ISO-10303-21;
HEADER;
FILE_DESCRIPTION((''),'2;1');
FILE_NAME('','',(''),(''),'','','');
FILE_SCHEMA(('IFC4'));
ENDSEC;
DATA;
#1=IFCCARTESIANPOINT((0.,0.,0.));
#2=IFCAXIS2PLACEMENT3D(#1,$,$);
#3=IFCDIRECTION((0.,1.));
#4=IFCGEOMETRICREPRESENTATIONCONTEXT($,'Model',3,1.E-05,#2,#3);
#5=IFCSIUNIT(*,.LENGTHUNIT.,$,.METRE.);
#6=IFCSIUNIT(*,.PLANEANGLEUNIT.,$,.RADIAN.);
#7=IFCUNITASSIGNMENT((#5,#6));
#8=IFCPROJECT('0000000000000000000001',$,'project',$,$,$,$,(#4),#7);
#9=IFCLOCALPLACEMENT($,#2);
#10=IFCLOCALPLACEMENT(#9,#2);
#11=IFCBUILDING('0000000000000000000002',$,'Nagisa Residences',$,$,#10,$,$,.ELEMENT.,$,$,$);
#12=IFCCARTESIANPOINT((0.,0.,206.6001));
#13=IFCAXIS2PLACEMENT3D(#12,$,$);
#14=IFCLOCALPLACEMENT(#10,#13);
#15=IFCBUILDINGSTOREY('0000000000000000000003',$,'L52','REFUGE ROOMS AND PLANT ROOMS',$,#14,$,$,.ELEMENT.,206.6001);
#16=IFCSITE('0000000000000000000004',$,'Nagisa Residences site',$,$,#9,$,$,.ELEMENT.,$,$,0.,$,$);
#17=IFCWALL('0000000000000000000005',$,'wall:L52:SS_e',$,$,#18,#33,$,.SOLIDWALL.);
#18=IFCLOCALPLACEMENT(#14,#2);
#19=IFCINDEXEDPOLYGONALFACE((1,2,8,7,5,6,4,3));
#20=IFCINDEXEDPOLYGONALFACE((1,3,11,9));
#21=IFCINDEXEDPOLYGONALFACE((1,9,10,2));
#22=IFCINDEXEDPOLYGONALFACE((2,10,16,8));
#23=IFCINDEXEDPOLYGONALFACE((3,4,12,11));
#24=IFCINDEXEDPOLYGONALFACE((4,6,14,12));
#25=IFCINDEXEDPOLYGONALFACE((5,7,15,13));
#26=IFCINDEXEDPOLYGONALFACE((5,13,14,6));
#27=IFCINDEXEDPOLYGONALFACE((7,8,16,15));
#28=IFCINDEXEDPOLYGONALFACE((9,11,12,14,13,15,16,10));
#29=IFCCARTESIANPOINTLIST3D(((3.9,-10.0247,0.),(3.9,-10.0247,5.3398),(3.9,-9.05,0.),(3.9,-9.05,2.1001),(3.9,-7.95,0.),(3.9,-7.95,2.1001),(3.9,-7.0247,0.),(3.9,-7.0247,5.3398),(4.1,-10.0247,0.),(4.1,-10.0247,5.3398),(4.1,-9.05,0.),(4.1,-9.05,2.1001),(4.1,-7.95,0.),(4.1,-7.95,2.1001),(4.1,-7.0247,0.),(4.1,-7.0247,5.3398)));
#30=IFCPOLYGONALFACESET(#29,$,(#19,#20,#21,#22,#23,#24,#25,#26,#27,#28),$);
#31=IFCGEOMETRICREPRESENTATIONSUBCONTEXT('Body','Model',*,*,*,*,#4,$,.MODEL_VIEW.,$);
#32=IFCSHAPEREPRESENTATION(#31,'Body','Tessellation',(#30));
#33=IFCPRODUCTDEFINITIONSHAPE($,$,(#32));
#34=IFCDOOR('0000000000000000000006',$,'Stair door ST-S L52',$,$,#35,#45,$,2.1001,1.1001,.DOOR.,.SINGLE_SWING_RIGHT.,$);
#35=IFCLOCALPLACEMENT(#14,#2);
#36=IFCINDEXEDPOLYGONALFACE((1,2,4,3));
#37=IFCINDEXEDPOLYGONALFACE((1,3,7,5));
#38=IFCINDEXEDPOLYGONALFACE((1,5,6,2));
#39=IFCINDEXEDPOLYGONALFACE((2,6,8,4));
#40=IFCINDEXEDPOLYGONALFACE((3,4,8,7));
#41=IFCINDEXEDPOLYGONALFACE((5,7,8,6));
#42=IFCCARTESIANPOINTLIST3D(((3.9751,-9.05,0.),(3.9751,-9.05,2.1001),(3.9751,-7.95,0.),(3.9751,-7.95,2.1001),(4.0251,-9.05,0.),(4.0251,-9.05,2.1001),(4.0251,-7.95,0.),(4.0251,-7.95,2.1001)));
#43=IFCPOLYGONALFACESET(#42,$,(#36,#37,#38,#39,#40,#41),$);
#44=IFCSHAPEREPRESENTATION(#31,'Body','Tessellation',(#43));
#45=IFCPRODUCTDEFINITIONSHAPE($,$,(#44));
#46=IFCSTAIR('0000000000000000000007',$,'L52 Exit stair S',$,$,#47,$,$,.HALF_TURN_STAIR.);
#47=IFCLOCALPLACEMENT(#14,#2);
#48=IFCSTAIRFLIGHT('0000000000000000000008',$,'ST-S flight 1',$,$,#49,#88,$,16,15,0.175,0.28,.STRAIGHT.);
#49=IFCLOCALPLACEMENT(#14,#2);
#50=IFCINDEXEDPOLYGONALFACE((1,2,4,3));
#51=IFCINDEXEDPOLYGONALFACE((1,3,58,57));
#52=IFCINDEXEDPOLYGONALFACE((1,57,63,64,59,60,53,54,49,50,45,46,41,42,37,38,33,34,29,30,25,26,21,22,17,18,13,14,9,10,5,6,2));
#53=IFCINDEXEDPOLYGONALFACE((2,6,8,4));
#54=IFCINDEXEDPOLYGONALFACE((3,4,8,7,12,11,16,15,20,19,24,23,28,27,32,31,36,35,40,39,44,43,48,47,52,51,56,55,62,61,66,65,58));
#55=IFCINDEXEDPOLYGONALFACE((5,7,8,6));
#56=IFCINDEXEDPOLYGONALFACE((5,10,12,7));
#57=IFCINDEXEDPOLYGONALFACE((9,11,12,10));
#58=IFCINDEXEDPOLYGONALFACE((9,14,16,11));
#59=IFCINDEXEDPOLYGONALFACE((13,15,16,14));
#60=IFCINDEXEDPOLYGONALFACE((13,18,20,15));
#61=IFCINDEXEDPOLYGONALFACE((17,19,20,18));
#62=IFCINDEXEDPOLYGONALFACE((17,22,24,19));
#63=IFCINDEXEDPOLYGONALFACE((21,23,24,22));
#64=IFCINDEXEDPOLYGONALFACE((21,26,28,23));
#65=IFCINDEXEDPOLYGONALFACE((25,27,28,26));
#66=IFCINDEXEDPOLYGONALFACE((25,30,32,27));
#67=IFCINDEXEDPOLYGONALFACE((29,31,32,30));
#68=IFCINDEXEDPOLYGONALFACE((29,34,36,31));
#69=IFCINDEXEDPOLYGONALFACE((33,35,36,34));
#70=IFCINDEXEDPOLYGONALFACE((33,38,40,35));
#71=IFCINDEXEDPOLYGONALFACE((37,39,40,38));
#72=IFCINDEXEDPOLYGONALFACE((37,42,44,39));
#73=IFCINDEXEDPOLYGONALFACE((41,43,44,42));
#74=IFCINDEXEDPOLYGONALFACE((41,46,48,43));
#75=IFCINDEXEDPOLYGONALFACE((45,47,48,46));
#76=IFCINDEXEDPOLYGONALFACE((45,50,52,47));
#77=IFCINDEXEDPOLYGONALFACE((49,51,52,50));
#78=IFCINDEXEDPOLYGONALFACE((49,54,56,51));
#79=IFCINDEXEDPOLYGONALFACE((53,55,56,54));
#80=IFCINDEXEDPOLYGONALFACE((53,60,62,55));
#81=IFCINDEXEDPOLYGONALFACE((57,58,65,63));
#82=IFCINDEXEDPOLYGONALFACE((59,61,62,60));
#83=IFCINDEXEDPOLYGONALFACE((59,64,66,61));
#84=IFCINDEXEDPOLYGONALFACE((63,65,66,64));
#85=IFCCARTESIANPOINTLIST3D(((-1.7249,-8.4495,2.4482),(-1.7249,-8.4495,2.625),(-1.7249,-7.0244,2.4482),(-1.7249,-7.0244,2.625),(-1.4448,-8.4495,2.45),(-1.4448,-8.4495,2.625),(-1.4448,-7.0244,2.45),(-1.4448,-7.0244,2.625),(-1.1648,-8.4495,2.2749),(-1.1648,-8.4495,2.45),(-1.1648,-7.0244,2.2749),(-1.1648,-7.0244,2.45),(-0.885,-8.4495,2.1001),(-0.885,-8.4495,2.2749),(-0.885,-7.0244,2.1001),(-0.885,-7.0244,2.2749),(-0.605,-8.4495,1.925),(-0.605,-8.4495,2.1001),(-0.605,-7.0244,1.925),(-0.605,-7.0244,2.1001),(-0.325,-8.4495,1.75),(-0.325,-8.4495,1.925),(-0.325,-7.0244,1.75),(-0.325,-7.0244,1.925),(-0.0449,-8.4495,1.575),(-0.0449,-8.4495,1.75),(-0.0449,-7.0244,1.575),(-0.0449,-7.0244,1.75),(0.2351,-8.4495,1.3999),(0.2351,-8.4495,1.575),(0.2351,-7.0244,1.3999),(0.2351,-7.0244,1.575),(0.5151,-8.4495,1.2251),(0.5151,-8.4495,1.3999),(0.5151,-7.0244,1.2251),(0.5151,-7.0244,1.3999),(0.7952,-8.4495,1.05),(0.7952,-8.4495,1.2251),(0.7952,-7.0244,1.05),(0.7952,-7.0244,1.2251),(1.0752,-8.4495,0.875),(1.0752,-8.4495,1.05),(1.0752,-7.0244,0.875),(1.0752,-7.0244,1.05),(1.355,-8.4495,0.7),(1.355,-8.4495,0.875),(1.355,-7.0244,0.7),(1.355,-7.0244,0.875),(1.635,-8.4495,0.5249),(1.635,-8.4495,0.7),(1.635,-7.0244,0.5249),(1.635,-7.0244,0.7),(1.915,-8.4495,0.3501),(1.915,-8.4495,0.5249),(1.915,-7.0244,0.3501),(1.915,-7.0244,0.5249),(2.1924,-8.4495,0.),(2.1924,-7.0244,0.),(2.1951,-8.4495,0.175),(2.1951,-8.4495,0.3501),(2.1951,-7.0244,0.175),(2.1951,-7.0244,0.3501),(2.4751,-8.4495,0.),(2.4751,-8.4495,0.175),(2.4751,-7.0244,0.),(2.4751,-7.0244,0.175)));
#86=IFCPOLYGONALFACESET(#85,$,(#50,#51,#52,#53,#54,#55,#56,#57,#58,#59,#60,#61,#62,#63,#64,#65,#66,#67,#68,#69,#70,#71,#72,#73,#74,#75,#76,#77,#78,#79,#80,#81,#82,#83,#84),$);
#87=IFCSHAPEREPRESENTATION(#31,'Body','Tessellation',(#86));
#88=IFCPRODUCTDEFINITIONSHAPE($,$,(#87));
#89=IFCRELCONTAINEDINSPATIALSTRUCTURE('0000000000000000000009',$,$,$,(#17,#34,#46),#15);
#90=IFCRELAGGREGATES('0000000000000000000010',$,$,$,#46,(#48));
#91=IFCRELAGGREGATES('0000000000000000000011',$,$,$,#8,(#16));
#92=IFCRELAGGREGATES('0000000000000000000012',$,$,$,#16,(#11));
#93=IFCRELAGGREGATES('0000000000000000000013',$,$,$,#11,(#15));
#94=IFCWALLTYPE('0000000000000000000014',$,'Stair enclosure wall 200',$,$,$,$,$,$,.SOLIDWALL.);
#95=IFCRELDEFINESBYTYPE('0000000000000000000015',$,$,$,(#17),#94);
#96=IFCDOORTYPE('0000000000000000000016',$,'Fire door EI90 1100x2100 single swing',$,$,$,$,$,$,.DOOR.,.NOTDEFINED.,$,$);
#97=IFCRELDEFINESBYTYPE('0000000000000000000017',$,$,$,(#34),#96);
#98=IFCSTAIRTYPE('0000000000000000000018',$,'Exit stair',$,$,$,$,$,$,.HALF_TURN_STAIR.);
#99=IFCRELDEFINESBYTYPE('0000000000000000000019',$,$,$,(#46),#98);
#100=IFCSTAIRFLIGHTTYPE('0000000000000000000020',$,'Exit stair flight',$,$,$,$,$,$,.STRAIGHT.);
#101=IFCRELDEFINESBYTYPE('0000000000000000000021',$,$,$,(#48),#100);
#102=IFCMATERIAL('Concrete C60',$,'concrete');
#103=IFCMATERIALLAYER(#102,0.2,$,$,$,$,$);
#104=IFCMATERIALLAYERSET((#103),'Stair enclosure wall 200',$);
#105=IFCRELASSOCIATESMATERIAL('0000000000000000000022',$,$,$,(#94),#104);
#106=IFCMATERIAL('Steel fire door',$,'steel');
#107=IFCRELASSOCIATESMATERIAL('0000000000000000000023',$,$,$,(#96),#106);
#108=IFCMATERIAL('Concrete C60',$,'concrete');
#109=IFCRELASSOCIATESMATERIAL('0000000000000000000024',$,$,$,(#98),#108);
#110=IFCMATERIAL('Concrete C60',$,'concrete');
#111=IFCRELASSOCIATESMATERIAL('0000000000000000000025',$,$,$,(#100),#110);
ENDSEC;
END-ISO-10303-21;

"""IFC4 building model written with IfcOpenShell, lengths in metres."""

from ifc_helpers import new_model, si_unit, direction, frame, frame_2d, origin, place, context, subcontext, project, spatial, polyline, rectangle, outline, extrude, material, layer, layer_set, type_object, element, fill, aggregate, save


model = new_model("IFC4")

# Units and contexts
model_context = context("Model", 3, precision=1e-05, world=origin(), true_north=direction((0.0, 1.0)))
body_context = subcontext(model_context, "Body", "Model", "MODEL_VIEW")
ifc_project = project(units=[si_unit("LENGTHUNIT", "METRE"), si_unit("PLANEANGLEUNIT", "RADIAN")], contexts=[model_context])

# Site, building, storey
site_placement = place(None, origin())
site = spatial("IfcSite", under=ifc_project, at=site_placement, Name="Nagisa Residences site", CompositionType="ELEMENT", RefElevation=0.0)
building_placement = place(site_placement, origin())
building = spatial("IfcBuilding", under=site, at=building_placement, Name="Nagisa Residences", CompositionType="ELEMENT")
storey_placement = place(building_placement, frame((0.0, 0.0, 206.6001)))
storey = spatial("IfcBuildingStorey", under=building, at=storey_placement, Name="L52", Description="REFUGE ROOMS AND PLANT ROOMS", CompositionType="ELEMENT", Elevation=206.6001)

# Wall, opening, door
ifc_material_1 = material(Name="Concrete C60", Category="concrete")
ifc_layer_1 = layer(ifc_material_1, 0.2)
ifc_layer_set_1 = layer_set([ifc_layer_1], Name="Stair enclosure wall 200")
wall_type_1 = type_object("IfcWallType", Name="Stair enclosure wall 200", PredefinedType="SOLIDWALL", material=ifc_layer_set_1)
wall_1_placement = place(storey_placement, frame((4.0, -10.0247, 0.0), z_axis=(0.0, 0.0, 1.0), x_axis=(0.0, 1.0, 0.0)))
wall_1 = element("IfcWall", 1, at=wall_1_placement, inside=storey, type_object=wall_type_1, Name="wall:L52:SS_e", PredefinedType="SOLIDWALL", context=body_context, shape_type="SweptSolid", body=[
    extrude(rectangle(XDim=3.0, YDim=0.2, at=frame_2d((1.5, 0.0))), origin(), (0.0, 0.0, 1.0), 5.3398),
])
opening_1_placement = place(wall_1_placement, frame((0.9746, 0.0, 0.0)))
opening_1 = element("IfcOpeningElement", 2, at=opening_1_placement, cuts=wall_1, PredefinedType="OPENING", context=body_context, shape_type="SweptSolid", body=[
    extrude(rectangle(XDim=1.1001, YDim=2.1001, at=frame_2d((0.55, 1.05))), frame((0.0, 0.1099, 0.0), z_axis=(0.0, -1.0, 0.0), x_axis=(1.0, 0.0, 0.0)), (0.0, 0.0, 1.0), 0.22),
])
ifc_material_2 = material(Name="Steel fire door", Category="steel")
door_type_1 = type_object("IfcDoorType", Name="Fire door EI90 1100x2100 single swing", OperationType="NOTDEFINED", PredefinedType="DOOR", material=ifc_material_2)
door_1_placement = place(opening_1_placement, origin())
door_1 = element("IfcDoor", 3, at=door_1_placement, inside=storey, type_object=door_type_1, Name="Stair door ST-S L52", OperationType="SINGLE_SWING_RIGHT", OverallHeight=2.1001, OverallWidth=1.1001, PredefinedType="DOOR", context=body_context, shape_type="SweptSolid", body=[
    extrude(rectangle(XDim=1.1001, YDim=2.1001, at=frame_2d((0.55, 1.05))), frame((0.0, 0.0249, 0.0), z_axis=(0.0, -1.0, 0.0), x_axis=(1.0, 0.0, 0.0)), (0.0, 0.0, 1.0), 0.05),
])
fill(opening_1, door_1)

# Stair, stair flight
ifc_material_3 = material(Name="Concrete C60", Category="concrete")
stair_type = type_object("IfcStairType", Name="Exit stair", PredefinedType="HALF_TURN_STAIR", material=ifc_material_3)
stair_placement = place(storey_placement, origin())
stair = element("IfcStair", 4, at=stair_placement, inside=storey, type_object=stair_type, Name="L52 Exit stair S", PredefinedType="HALF_TURN_STAIR")
ifc_material_4 = material(Name="Concrete C60", Category="concrete")
stair_flight_type = type_object("IfcStairFlightType", Name="Exit stair flight", PredefinedType="STRAIGHT", material=ifc_material_4)
stair_flight_placement = place(storey_placement, frame((2.4751, -7.7371, 0.0), z_axis=(0.0, 0.0, 1.0), x_axis=(-1.0, 0.0, 0.0)))
stair_flight = element("IfcStairFlight", 5, at=stair_flight_placement, type_object=stair_flight_type, Name="ST-S flight 1", NumberOfRisers=16, NumberOfTreads=15, PredefinedType="STRAIGHT", RiserHeight=0.175, TreadLength=0.28, context=body_context, shape_type="SweptSolid", body=[
    extrude(outline(polyline([(0.0, 0.0), (0.0, 0.175), (0.28, 0.175), (0.28, 0.3501), (0.5601, 0.3501), (0.5601, 0.5249), (0.8401, 0.5249), (0.8401, 0.7), (1.1201, 0.7), (1.1201, 0.875), (1.3999, 0.875), (1.3999, 1.05), (1.6799, 1.05), (1.6799, 1.2251), (1.96, 1.2251), (1.96, 1.3999), (2.24, 1.3999), (2.24, 1.575), (2.52, 1.575), (2.52, 1.75), (2.8, 1.75), (2.8, 1.925), (3.0801, 1.925), (3.0801, 2.1001), (3.3601, 2.1001), (3.3601, 2.2749), (3.6399, 2.2749), (3.6399, 2.45), (3.9199, 2.45), (3.9199, 2.625), (4.2, 2.625), (4.2, 2.8), (4.2, 2.4482), (0.2827, 0.0), (0.0, 0.0)])), frame((0.0, 0.7124, 0.0), z_axis=(0.0, -1.0, 0.0), x_axis=(1.0, 0.0, 0.0)), (0.0, 0.0, 1.0), 1.425),
])
aggregate(stair, [stair_flight])

save(model, "model.ifc")
